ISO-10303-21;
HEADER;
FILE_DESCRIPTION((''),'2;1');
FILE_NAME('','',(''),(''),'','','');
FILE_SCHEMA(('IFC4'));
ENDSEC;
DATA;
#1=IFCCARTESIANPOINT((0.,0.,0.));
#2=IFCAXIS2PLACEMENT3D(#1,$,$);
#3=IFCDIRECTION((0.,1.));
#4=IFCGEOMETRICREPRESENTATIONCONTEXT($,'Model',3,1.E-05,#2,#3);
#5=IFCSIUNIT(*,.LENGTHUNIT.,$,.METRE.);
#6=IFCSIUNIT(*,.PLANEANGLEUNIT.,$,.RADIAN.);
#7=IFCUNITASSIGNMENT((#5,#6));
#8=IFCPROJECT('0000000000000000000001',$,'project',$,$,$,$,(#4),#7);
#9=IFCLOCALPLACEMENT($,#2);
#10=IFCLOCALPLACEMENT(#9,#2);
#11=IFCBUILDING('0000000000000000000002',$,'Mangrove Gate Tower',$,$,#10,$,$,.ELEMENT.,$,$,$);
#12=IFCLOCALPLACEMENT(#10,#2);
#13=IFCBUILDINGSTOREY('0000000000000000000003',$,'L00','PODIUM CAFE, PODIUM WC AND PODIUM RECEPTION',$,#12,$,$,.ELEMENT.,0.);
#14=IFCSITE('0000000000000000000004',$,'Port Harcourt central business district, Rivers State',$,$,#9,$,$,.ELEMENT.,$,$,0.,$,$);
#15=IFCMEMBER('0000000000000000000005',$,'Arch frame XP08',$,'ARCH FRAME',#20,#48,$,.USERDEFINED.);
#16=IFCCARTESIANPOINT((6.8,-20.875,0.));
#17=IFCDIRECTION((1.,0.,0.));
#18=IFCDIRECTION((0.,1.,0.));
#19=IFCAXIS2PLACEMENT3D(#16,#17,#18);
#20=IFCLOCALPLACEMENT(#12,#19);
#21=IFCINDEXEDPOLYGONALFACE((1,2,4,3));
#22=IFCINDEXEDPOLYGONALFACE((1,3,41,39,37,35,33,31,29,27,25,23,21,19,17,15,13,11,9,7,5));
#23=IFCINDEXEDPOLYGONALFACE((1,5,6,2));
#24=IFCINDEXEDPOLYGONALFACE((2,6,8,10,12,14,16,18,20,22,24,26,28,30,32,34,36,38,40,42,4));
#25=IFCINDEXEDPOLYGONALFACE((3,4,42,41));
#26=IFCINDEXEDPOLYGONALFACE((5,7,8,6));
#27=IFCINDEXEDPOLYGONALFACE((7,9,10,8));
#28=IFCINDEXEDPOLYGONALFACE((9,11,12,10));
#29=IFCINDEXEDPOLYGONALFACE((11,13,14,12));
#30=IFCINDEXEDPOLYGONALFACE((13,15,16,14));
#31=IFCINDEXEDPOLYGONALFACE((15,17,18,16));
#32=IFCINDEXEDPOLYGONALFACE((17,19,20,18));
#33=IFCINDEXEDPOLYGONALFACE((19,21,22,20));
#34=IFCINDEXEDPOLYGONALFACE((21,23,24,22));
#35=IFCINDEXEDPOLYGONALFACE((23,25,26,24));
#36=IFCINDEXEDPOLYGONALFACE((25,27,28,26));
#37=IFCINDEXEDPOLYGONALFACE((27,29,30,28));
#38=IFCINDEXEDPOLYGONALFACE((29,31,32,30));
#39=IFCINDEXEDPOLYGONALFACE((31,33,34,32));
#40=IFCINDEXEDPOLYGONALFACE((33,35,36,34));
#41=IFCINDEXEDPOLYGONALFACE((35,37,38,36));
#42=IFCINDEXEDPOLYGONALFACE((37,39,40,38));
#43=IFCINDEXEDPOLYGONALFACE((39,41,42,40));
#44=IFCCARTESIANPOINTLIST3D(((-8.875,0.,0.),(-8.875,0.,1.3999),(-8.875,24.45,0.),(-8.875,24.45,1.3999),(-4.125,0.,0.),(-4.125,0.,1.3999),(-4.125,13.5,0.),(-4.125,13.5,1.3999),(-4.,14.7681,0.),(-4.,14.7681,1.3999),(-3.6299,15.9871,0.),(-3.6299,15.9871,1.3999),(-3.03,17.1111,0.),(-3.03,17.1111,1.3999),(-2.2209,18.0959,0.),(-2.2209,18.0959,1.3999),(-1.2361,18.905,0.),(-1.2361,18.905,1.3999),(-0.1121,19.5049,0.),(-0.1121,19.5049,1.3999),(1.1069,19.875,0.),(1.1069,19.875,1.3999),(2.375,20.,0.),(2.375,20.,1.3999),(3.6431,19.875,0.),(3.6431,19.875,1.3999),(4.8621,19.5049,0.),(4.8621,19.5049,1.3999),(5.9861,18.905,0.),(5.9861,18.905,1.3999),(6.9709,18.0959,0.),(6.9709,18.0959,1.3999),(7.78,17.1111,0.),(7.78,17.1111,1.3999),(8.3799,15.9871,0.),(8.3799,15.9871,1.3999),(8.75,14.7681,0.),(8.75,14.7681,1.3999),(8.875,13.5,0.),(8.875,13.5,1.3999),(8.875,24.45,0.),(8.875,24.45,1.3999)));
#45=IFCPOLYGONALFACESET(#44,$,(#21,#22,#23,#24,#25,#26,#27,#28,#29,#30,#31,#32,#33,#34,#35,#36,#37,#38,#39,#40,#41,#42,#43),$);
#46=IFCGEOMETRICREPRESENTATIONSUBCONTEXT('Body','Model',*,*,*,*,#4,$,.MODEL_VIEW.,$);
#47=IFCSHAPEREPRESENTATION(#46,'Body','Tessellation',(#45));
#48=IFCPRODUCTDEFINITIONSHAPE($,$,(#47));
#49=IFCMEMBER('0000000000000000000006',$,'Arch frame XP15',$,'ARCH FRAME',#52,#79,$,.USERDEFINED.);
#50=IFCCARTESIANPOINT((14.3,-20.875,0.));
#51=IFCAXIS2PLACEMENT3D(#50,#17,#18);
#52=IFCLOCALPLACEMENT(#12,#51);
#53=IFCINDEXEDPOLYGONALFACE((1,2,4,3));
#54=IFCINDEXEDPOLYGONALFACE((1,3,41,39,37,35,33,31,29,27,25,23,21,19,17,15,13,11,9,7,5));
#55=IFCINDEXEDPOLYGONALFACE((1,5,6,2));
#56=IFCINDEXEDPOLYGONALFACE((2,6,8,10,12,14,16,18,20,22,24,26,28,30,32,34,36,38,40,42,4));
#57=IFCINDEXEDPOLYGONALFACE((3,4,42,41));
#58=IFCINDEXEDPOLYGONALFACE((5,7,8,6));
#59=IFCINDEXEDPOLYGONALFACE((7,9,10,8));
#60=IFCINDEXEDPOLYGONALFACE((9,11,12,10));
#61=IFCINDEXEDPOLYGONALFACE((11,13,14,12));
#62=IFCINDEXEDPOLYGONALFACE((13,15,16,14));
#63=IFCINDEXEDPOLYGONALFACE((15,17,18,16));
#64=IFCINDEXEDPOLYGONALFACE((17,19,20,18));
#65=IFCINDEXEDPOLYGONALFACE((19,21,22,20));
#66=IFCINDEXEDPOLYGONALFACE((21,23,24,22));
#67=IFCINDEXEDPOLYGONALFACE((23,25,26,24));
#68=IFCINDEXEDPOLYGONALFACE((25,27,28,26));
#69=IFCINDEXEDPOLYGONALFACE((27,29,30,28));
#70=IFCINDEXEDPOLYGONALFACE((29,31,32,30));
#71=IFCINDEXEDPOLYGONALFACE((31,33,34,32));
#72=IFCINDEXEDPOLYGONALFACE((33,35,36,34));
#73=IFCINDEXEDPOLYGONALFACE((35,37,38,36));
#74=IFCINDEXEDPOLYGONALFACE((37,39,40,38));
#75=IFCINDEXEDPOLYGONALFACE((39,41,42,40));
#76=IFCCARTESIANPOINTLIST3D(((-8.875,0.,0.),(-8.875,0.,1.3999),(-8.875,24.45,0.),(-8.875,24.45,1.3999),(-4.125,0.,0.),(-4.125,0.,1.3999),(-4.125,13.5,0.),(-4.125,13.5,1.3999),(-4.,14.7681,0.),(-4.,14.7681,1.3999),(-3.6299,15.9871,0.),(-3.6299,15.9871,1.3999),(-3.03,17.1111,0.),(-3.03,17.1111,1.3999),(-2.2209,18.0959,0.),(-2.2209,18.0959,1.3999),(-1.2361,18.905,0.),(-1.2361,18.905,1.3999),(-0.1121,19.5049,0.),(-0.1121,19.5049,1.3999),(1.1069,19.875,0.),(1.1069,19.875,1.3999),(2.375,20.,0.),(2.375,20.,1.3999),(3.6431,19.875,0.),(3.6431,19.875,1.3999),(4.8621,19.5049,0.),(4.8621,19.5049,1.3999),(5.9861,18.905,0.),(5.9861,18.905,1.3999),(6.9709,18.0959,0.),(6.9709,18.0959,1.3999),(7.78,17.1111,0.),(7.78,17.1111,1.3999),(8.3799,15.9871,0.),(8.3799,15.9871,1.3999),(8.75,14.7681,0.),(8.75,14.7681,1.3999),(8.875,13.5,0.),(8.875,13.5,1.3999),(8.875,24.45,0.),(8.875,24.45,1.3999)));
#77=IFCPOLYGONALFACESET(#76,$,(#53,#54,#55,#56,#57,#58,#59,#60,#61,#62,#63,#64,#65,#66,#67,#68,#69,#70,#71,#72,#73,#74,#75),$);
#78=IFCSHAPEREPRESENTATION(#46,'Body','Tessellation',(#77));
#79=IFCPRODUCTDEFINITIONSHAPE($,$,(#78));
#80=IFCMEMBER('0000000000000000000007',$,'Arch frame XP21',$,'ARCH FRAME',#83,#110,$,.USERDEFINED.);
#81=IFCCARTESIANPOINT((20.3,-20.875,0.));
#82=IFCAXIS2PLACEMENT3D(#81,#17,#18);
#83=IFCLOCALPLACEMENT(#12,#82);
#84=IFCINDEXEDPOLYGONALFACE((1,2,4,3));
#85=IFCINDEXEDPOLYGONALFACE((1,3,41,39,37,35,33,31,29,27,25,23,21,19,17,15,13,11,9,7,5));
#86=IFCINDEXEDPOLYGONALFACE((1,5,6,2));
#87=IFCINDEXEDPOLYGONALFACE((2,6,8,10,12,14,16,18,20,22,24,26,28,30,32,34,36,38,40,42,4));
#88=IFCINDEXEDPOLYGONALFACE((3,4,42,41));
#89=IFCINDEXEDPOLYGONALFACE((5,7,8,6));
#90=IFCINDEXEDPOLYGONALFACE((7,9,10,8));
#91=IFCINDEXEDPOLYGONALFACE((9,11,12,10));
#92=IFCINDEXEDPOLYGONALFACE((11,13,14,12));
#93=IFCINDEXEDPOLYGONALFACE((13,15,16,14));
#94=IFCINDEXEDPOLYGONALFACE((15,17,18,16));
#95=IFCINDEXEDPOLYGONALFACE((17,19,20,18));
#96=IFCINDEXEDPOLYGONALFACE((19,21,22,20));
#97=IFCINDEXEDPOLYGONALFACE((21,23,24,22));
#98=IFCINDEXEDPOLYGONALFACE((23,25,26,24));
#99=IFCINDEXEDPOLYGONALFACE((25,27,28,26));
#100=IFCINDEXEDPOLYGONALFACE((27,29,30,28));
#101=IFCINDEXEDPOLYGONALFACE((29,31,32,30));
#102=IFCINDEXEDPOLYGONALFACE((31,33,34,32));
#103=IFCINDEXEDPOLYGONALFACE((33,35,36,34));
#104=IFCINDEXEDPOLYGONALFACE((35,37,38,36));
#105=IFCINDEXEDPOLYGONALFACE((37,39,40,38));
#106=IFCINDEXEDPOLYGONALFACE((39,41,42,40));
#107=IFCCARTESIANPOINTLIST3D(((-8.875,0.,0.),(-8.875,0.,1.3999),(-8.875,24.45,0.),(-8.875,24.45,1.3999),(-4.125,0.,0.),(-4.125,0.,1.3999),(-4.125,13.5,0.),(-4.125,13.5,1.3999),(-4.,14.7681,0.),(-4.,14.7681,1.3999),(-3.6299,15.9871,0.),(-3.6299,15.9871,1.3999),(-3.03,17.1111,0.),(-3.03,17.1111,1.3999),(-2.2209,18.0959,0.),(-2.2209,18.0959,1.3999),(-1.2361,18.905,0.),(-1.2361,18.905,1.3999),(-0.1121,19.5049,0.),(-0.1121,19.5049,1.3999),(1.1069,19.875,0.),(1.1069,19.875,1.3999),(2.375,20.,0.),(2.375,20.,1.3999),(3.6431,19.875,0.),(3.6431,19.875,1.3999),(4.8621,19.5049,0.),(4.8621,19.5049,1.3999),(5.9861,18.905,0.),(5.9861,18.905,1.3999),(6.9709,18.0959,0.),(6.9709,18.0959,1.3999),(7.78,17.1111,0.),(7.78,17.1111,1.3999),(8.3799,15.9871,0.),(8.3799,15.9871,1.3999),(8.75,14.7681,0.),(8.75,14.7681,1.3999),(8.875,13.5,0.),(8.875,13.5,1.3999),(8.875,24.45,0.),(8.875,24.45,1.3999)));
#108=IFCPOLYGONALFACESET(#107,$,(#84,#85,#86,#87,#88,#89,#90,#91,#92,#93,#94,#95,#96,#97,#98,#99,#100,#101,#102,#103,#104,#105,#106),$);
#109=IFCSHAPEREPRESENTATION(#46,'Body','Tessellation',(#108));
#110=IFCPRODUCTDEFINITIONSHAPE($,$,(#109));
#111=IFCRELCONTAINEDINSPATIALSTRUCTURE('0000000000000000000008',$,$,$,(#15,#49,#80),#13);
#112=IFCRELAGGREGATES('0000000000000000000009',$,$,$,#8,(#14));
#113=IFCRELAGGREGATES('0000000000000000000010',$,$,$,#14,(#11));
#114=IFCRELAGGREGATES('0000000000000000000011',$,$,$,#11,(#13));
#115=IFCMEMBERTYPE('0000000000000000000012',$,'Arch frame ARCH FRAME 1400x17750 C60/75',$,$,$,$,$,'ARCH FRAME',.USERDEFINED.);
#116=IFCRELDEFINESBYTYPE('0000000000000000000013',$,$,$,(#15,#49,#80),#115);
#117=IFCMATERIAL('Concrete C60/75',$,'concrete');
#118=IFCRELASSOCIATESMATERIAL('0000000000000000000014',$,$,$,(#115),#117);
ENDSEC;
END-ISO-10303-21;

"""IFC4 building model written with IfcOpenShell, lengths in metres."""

from ifc_helpers import new_model, si_unit, direction, frame, origin, place, context, subcontext, project, spatial, polyline, outline, extrude, material, material_profile, profile_set, type_object, element, save


model = new_model("IFC4")

# Units and contexts
model_context = context("Model", 3, precision=1e-05, world=origin(), true_north=direction((0.0, 1.0)))
body_context = subcontext(model_context, "Body", "Model", "MODEL_VIEW")
ifc_project = project(units=[si_unit("LENGTHUNIT", "METRE"), si_unit("PLANEANGLEUNIT", "RADIAN")], contexts=[model_context])

# Site, building, storey
site_placement = place(None, origin())
site = spatial("IfcSite", under=ifc_project, at=site_placement, Name="Port Harcourt central business district, Rivers State", CompositionType="ELEMENT", RefElevation=0.0)
building_placement = place(site_placement, origin())
building = spatial("IfcBuilding", under=site, at=building_placement, Name="Mangrove Gate Tower", CompositionType="ELEMENT")
storey_placement = place(building_placement, origin())
storey = spatial("IfcBuildingStorey", under=building, at=storey_placement, Name="L00", Description="PODIUM CAFE, PODIUM WC AND PODIUM RECEPTION", CompositionType="ELEMENT", Elevation=0.0)

# Members
ifc_material_1 = material(Name="Concrete C60/75", Category="concrete")
ifc_material_profile_1 = material_profile(ifc_material_1, outline(polyline([(-8.875, 0.0), (-4.125, 0.0), (-4.125, 13.5), (-4.0, 14.7681), (-3.6299, 15.9871), (-3.03, 17.1111), (-2.2209, 18.0959), (-1.2361, 18.905), (-0.1121, 19.5049), (1.1069, 19.875), (2.375, 20.0), (3.6431, 19.875), (4.8621, 19.5049), (5.9861, 18.905), (6.9709, 18.0959), (7.78, 17.1111), (8.3799, 15.9871), (8.75, 14.7681), (8.875, 13.5), (8.875, 24.45), (-8.875, 24.45), (-8.875, 0.0)])))
ifc_profile_set_1 = profile_set([ifc_material_profile_1], Name="Concrete C60/75")
member_type_1 = type_object("IfcMemberType", Name="Arch frame ARCH FRAME 1400x17750 C60/75", ElementType="ARCH FRAME", PredefinedType="USERDEFINED", material=ifc_profile_set_1)
for number, where, z_axis, x_axis, name in (
    (1, (6.8, -20.875, 0.0), (1.0, 0.0, 0.0), (0.0, 1.0, 0.0), "Arch frame XP08"),
    (2, (14.3, -20.875, 0.0), (1.0, 0.0, 0.0), (0.0, 1.0, 0.0), "Arch frame XP15"),
    (3, (20.3, -20.875, 0.0), (1.0, 0.0, 0.0), (0.0, 1.0, 0.0), "Arch frame XP21"),
):
    element("IfcMember", number, at=place(storey_placement, frame(where, z_axis=z_axis, x_axis=x_axis)), inside=storey, type_object=member_type_1, Name=name, ObjectType="ARCH FRAME", PredefinedType="USERDEFINED", context=body_context, shape_type="SweptSolid", body=[
        extrude(outline(polyline([(-8.875, 0.0), (-4.125, 0.0), (-4.125, 13.5), (-4.0, 14.7681), (-3.6299, 15.9871), (-3.03, 17.1111), (-2.2209, 18.0959), (-1.2361, 18.905), (-0.1121, 19.5049), (1.1069, 19.875), (2.375, 20.0), (3.6431, 19.875), (4.8621, 19.5049), (5.9861, 18.905), (6.9709, 18.0959), (7.78, 17.1111), (8.3799, 15.9871), (8.75, 14.7681), (8.875, 13.5), (8.875, 24.45), (-8.875, 24.45), (-8.875, 0.0)])), origin(), (0.0, 0.0, 1.0), 1.3999),
    ])

save(model, "model.ifc")
